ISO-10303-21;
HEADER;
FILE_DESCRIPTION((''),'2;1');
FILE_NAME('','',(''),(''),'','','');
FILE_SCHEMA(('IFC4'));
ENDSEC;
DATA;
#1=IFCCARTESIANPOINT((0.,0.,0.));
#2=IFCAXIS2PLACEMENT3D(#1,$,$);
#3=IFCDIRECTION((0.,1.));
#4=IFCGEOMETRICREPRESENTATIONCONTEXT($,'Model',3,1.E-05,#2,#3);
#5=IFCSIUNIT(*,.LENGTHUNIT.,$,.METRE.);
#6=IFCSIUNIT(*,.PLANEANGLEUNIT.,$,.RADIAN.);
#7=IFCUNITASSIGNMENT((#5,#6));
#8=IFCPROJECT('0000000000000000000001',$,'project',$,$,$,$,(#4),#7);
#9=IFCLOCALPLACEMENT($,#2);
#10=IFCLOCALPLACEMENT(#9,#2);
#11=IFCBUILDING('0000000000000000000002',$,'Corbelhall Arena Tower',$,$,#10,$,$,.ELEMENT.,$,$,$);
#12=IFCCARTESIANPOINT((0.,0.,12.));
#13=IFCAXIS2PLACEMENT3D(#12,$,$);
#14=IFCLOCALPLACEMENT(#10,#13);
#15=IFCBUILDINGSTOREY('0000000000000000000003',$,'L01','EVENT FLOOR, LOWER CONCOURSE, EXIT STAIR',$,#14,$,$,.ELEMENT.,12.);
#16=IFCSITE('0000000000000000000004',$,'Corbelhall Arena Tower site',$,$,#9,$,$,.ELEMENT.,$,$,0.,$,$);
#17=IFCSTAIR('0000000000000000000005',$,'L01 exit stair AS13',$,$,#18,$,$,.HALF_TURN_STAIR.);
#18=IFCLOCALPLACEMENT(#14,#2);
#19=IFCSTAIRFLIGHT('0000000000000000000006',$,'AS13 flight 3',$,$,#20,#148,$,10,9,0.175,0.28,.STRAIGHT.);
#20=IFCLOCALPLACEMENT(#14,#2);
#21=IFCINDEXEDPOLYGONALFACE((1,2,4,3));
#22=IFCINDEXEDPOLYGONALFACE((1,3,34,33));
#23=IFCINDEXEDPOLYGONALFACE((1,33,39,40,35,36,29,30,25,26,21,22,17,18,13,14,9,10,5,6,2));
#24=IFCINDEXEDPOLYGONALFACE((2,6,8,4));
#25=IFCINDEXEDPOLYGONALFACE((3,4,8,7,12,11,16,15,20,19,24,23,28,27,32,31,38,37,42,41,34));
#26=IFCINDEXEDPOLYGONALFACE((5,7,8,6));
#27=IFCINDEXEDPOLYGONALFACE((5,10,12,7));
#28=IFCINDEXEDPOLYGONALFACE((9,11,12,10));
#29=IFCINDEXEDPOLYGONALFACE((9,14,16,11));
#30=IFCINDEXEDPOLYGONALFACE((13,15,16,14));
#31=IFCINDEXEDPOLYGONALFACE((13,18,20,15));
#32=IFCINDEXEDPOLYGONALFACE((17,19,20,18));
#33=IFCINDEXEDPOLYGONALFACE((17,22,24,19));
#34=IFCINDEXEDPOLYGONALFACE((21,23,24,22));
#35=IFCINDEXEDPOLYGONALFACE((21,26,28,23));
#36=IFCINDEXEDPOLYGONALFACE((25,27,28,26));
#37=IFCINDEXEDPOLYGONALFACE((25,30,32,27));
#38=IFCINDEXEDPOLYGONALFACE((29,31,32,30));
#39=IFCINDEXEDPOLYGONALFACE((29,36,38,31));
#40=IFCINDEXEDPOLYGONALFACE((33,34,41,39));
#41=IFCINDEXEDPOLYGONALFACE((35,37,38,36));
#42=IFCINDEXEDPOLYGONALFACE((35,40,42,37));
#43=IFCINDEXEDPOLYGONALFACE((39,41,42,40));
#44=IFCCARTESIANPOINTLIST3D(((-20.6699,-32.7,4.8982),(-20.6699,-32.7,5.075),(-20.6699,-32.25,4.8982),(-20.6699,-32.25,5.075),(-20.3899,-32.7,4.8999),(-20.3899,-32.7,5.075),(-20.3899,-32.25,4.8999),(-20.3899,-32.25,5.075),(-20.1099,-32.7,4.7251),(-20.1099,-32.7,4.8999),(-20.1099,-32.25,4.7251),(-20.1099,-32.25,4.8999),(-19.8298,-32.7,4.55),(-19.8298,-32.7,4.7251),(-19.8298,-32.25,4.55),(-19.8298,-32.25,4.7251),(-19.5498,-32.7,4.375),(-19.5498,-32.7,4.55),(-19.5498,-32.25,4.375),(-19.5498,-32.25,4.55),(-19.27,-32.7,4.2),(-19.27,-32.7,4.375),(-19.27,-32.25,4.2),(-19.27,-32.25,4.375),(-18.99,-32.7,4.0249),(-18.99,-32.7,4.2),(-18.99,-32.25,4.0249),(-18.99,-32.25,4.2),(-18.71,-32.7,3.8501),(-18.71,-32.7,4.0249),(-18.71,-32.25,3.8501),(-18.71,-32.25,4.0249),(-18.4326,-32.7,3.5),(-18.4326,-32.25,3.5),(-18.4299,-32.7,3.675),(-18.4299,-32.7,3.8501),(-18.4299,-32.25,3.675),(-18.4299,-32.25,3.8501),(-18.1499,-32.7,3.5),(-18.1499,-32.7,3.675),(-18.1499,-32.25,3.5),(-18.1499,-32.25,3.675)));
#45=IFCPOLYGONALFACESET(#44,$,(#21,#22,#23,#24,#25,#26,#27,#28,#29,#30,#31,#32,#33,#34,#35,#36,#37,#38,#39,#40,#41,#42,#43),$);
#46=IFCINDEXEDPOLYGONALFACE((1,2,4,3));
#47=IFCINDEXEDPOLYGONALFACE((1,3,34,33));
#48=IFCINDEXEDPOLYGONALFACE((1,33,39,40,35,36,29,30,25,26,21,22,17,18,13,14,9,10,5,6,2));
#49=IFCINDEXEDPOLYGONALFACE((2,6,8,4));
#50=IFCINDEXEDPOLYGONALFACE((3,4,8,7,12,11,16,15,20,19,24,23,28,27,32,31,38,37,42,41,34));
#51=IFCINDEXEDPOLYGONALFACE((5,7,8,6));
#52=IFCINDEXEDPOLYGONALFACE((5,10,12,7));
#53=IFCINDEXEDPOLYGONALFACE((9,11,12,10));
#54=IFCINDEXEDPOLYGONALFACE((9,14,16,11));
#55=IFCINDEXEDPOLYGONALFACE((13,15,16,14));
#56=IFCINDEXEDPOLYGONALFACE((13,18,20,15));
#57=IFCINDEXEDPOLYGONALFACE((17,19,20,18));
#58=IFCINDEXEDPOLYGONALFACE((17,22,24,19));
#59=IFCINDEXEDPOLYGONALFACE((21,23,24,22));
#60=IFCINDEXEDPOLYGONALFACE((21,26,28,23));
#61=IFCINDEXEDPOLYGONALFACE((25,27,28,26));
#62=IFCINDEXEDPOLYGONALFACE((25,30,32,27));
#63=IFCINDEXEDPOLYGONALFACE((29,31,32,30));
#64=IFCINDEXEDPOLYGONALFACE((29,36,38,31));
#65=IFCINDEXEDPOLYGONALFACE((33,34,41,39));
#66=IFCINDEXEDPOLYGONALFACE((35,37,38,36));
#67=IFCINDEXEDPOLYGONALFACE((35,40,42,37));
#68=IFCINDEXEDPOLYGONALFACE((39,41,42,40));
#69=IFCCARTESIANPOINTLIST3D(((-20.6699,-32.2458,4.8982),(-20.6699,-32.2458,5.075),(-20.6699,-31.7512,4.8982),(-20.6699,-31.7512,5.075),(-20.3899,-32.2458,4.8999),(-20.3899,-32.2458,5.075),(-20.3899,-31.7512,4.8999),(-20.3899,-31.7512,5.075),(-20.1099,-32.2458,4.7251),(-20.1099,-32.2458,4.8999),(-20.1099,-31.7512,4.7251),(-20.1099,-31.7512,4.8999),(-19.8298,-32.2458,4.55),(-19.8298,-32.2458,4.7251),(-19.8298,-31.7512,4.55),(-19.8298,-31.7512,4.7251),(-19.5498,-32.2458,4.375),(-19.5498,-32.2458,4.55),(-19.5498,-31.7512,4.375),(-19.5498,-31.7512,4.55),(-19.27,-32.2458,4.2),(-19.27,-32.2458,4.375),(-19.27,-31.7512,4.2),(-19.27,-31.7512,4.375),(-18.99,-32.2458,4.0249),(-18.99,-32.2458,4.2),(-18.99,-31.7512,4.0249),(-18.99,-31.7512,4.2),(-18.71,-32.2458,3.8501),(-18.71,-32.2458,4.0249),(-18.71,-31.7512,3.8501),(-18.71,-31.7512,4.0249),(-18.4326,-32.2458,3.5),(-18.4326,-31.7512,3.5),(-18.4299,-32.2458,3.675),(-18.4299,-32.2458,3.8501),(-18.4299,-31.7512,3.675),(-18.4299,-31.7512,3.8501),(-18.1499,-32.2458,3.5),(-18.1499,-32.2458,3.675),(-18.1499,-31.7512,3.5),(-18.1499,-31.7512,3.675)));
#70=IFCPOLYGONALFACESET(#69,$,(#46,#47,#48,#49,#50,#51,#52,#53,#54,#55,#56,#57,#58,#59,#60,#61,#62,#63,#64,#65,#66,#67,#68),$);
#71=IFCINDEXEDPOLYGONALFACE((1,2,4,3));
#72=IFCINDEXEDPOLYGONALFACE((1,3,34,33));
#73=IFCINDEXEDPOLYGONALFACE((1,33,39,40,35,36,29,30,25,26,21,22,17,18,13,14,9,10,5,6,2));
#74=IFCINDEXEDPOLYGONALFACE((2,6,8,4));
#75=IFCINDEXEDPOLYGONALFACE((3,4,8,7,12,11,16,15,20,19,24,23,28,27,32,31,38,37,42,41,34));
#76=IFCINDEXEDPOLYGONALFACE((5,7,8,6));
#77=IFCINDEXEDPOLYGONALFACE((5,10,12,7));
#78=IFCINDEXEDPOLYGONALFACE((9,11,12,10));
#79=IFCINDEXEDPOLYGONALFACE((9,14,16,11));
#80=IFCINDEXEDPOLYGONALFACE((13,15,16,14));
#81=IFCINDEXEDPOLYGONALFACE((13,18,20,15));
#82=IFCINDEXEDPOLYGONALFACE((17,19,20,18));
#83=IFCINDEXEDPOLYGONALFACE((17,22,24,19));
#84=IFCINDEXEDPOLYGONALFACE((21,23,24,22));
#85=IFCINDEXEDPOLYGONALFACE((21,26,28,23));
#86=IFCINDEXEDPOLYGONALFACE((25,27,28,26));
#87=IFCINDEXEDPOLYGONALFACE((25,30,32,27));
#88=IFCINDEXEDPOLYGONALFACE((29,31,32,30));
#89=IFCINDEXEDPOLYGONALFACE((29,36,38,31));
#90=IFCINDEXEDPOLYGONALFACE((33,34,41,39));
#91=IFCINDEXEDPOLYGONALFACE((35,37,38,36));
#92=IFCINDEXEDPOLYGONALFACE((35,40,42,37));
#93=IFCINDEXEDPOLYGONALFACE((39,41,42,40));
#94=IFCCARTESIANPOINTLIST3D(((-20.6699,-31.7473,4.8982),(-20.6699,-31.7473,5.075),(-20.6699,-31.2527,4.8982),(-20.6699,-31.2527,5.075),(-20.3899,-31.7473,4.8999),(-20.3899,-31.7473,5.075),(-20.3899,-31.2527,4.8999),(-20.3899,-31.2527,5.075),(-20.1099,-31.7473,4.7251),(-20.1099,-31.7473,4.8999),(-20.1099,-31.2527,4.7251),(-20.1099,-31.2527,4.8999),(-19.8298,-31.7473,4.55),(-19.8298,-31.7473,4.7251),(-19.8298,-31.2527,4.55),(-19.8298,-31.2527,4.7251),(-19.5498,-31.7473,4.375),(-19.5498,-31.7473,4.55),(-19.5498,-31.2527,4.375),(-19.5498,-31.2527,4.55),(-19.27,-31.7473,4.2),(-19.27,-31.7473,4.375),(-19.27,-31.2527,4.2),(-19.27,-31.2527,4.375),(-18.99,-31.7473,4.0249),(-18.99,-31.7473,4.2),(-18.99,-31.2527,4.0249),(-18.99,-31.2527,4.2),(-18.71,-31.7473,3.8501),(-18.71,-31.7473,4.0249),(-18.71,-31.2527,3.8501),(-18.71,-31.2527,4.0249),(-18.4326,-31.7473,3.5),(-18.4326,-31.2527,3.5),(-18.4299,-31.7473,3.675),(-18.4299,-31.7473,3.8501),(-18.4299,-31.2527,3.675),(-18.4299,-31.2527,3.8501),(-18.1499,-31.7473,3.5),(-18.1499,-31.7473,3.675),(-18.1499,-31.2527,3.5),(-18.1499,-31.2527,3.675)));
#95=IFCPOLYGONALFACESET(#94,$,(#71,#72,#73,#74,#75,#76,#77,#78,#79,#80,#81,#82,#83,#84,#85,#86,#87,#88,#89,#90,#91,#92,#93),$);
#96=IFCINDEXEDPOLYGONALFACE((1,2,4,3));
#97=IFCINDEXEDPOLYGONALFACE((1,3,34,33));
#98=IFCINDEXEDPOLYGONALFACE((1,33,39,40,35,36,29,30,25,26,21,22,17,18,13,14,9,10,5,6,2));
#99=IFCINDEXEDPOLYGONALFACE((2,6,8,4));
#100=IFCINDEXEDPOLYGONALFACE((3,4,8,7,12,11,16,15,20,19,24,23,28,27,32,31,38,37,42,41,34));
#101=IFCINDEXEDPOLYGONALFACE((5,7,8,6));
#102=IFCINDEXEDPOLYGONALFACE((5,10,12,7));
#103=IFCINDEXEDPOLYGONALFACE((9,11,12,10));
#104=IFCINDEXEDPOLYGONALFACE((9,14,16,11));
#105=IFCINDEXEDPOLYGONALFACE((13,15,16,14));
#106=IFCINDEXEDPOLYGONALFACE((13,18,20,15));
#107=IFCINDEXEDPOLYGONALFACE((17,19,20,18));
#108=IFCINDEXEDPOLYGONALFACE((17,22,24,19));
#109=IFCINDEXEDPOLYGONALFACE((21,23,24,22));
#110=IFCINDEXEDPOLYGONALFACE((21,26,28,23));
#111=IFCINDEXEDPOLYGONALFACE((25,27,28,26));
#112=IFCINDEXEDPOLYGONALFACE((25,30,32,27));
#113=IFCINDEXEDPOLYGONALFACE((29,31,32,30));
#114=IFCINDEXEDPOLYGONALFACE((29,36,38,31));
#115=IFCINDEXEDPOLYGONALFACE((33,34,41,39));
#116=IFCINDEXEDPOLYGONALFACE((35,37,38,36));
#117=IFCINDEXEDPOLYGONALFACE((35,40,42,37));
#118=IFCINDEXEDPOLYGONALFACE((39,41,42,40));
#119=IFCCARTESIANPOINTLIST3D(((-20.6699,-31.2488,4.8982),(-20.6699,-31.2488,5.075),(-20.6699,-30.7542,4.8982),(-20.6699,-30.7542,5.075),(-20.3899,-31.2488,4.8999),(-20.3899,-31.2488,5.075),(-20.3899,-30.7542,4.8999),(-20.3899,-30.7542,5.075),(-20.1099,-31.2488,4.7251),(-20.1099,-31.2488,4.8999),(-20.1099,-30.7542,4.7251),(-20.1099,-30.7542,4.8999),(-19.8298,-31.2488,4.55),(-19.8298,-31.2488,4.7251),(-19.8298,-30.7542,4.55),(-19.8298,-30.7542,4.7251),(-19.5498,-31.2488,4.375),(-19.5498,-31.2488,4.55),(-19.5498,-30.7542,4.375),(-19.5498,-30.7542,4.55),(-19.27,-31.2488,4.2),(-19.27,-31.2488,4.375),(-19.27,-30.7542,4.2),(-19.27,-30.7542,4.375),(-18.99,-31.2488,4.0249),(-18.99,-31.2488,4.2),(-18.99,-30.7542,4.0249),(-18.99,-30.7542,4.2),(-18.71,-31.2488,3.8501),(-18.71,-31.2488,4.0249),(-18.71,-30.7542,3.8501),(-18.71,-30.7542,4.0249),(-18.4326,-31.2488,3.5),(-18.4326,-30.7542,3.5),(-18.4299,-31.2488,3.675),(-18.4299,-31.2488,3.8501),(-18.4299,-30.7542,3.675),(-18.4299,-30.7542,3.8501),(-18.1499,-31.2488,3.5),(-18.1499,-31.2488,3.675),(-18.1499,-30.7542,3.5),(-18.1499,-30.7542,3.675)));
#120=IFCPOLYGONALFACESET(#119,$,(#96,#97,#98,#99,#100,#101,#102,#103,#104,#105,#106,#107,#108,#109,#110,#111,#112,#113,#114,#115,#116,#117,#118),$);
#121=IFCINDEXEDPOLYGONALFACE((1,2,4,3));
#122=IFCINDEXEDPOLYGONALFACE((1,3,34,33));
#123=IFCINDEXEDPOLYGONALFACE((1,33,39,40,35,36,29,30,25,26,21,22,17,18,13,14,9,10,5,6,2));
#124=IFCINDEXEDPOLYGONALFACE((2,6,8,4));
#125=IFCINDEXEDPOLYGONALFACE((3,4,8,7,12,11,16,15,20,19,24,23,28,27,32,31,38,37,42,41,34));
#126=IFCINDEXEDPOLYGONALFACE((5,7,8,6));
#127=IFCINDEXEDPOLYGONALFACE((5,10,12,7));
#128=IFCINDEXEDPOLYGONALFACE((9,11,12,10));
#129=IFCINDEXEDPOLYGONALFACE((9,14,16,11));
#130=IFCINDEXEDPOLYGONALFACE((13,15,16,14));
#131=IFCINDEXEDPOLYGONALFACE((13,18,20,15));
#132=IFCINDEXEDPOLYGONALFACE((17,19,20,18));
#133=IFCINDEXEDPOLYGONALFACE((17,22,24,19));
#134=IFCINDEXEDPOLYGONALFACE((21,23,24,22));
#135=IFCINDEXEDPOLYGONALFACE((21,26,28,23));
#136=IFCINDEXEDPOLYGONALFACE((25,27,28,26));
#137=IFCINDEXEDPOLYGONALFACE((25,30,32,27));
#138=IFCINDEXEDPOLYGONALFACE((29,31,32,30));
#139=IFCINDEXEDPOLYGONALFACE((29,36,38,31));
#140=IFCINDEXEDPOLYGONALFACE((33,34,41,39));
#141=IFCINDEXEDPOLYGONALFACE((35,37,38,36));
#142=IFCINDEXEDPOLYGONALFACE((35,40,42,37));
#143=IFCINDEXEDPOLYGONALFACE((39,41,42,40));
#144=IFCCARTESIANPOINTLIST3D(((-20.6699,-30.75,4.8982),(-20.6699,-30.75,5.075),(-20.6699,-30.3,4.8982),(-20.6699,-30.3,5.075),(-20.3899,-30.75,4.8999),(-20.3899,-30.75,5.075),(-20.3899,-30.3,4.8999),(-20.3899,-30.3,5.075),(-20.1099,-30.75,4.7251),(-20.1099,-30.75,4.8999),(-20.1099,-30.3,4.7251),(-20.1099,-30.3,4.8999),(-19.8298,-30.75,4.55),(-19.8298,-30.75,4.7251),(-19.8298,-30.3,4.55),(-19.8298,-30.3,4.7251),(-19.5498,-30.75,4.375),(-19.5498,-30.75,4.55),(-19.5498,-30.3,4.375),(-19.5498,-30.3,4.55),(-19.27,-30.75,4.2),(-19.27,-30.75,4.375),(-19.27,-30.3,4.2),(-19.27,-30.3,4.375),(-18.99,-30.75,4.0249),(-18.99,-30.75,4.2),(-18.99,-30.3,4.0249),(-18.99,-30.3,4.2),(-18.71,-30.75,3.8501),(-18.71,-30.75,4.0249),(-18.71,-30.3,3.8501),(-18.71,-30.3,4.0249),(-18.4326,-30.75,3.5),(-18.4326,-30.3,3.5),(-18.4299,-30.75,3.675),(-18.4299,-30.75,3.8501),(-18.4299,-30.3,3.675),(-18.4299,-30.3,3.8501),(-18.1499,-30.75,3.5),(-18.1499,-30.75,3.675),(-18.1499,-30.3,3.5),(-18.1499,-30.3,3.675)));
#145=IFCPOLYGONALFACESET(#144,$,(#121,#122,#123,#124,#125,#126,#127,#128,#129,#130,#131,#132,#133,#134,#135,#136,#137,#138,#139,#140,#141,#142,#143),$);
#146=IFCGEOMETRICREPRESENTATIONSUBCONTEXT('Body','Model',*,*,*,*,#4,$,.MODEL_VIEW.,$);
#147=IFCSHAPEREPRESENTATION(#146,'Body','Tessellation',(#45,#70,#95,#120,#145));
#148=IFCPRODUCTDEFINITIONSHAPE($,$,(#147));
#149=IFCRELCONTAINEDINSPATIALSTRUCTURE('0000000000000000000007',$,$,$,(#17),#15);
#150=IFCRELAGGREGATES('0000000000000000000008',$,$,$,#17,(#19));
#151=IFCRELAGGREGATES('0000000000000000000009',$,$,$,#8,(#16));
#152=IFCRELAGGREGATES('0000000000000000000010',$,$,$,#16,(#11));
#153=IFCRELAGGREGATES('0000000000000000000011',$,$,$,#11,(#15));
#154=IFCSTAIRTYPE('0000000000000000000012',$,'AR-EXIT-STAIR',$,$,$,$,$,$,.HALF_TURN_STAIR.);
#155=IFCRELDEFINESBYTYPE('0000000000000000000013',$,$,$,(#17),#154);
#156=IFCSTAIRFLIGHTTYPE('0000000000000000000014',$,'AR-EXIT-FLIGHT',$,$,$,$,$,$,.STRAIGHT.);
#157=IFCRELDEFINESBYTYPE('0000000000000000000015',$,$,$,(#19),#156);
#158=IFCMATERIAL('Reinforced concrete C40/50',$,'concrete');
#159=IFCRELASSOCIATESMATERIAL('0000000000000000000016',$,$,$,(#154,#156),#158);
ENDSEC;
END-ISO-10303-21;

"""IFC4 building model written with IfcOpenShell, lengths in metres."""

from ifc_helpers import new_model, si_unit, direction, frame, origin, place, context, subcontext, project, spatial, polyline, outline, extrude, material, type_object, element, aggregate, save


model = new_model("IFC4")

# Units and contexts
model_context = context("Model", 3, precision=1e-05, world=origin(), true_north=direction((0.0, 1.0)))
body_context = subcontext(model_context, "Body", "Model", "MODEL_VIEW")
ifc_project = project(units=[si_unit("LENGTHUNIT", "METRE"), si_unit("PLANEANGLEUNIT", "RADIAN")], contexts=[model_context])

# Site, building, storey
site_placement = place(None, origin())
site = spatial("IfcSite", under=ifc_project, at=site_placement, Name="Corbelhall Arena Tower site", CompositionType="ELEMENT", RefElevation=0.0)
building_placement = place(site_placement, origin())
building = spatial("IfcBuilding", under=site, at=building_placement, Name="Corbelhall Arena Tower", CompositionType="ELEMENT")
storey_placement = place(building_placement, frame((0.0, 0.0, 12.0)))
storey = spatial("IfcBuildingStorey", under=building, at=storey_placement, Name="L01", Description="EVENT FLOOR, LOWER CONCOURSE, EXIT STAIR", CompositionType="ELEMENT", Elevation=12.0)

# Shared definitions
ifc_material_1 = material(Name="Reinforced concrete C40/50", Category="concrete")

# Stair, stair flight
stair_type = type_object("IfcStairType", Name="AR-EXIT-STAIR", PredefinedType="HALF_TURN_STAIR", material=ifc_material_1)
stair_placement = place(storey_placement, origin())
stair = element("IfcStair", 1, at=stair_placement, inside=storey, type_object=stair_type, Name="L01 exit stair AS13", PredefinedType="HALF_TURN_STAIR")
stair_flight_type = type_object("IfcStairFlightType", Name="AR-EXIT-FLIGHT", PredefinedType="STRAIGHT", material=ifc_material_1)
stair_flight_1_placement = place(storey_placement, frame((-18.1499, -31.5, 3.5), z_axis=(0.0, 0.0, 1.0), x_axis=(-1.0, 0.0, 0.0)))
stair_flight_1 = element("IfcStairFlight", 2, at=stair_flight_1_placement, type_object=stair_flight_type, Name="AS13 flight 3", NumberOfRisers=10, NumberOfTreads=9, PredefinedType="STRAIGHT", RiserHeight=0.175, TreadLength=0.28, context=body_context, shape_type="SweptSolid", body=[
    extrude(outline(polyline([(0.0, 0.0), (0.0, 0.175), (0.28, 0.175), (0.28, 0.3501), (0.5601, 0.3501), (0.5601, 0.5249), (0.8401, 0.5249), (0.8401, 0.7), (1.1201, 0.7), (1.1201, 0.875), (1.3999, 0.875), (1.3999, 1.05), (1.6799, 1.05), (1.6799, 1.2251), (1.96, 1.2251), (1.96, 1.3999), (2.24, 1.3999), (2.24, 1.575), (2.52, 1.575), (2.52, 1.75), (2.52, 1.3982), (0.2827, 0.0), (0.0, 0.0)])), frame((0.0, 1.2, 0.0), z_axis=(0.0, -1.0, 0.0), x_axis=(1.0, 0.0, 0.0)), (0.0, 0.0, 1.0), 0.45),
    extrude(outline(polyline([(0.0, 0.0), (0.0, 0.175), (0.28, 0.175), (0.28, 0.3501), (0.5601, 0.3501), (0.5601, 0.5249), (0.8401, 0.5249), (0.8401, 0.7), (1.1201, 0.7), (1.1201, 0.875), (1.3999, 0.875), (1.3999, 1.05), (1.6799, 1.05), (1.6799, 1.2251), (1.96, 1.2251), (1.96, 1.3999), (2.24, 1.3999), (2.24, 1.575), (2.52, 1.575), (2.52, 1.75), (2.52, 1.3982), (0.2827, 0.0), (0.0, 0.0)])), frame((0.0, 0.7458, 0.0), z_axis=(0.0, -1.0, 0.0), x_axis=(1.0, 0.0, 0.0)), (0.0, 0.0, 1.0), 0.4946),
    extrude(outline(polyline([(0.0, 0.0), (0.0, 0.175), (0.28, 0.175), (0.28, 0.3501), (0.5601, 0.3501), (0.5601, 0.5249), (0.8401, 0.5249), (0.8401, 0.7), (1.1201, 0.7), (1.1201, 0.875), (1.3999, 0.875), (1.3999, 1.05), (1.6799, 1.05), (1.6799, 1.2251), (1.96, 1.2251), (1.96, 1.3999), (2.24, 1.3999), (2.24, 1.575), (2.52, 1.575), (2.52, 1.75), (2.52, 1.3982), (0.2827, 0.0), (0.0, 0.0)])), frame((0.0, 0.2473, 0.0), z_axis=(0.0, -1.0, 0.0), x_axis=(1.0, 0.0, 0.0)), (0.0, 0.0, 1.0), 0.4946),
    extrude(outline(polyline([(0.0, 0.0), (0.0, 0.175), (0.28, 0.175), (0.28, 0.3501), (0.5601, 0.3501), (0.5601, 0.5249), (0.8401, 0.5249), (0.8401, 0.7), (1.1201, 0.7), (1.1201, 0.875), (1.3999, 0.875), (1.3999, 1.05), (1.6799, 1.05), (1.6799, 1.2251), (1.96, 1.2251), (1.96, 1.3999), (2.24, 1.3999), (2.24, 1.575), (2.52, 1.575), (2.52, 1.75), (2.52, 1.3982), (0.2827, 0.0), (0.0, 0.0)])), frame((0.0, -0.2512, 0.0), z_axis=(0.0, -1.0, 0.0), x_axis=(1.0, 0.0, 0.0)), (0.0, 0.0, 1.0), 0.4946),
    extrude(outline(polyline([(0.0, 0.0), (0.0, 0.175), (0.28, 0.175), (0.28, 0.3501), (0.5601, 0.3501), (0.5601, 0.5249), (0.8401, 0.5249), (0.8401, 0.7), (1.1201, 0.7), (1.1201, 0.875), (1.3999, 0.875), (1.3999, 1.05), (1.6799, 1.05), (1.6799, 1.2251), (1.96, 1.2251), (1.96, 1.3999), (2.24, 1.3999), (2.24, 1.575), (2.52, 1.575), (2.52, 1.75), (2.52, 1.3982), (0.2827, 0.0), (0.0, 0.0)])), frame((0.0, -0.75, 0.0), z_axis=(0.0, -1.0, 0.0), x_axis=(1.0, 0.0, 0.0)), (0.0, 0.0, 1.0), 0.45),
])
aggregate(stair, [stair_flight_1])

save(model, "model.ifc")
